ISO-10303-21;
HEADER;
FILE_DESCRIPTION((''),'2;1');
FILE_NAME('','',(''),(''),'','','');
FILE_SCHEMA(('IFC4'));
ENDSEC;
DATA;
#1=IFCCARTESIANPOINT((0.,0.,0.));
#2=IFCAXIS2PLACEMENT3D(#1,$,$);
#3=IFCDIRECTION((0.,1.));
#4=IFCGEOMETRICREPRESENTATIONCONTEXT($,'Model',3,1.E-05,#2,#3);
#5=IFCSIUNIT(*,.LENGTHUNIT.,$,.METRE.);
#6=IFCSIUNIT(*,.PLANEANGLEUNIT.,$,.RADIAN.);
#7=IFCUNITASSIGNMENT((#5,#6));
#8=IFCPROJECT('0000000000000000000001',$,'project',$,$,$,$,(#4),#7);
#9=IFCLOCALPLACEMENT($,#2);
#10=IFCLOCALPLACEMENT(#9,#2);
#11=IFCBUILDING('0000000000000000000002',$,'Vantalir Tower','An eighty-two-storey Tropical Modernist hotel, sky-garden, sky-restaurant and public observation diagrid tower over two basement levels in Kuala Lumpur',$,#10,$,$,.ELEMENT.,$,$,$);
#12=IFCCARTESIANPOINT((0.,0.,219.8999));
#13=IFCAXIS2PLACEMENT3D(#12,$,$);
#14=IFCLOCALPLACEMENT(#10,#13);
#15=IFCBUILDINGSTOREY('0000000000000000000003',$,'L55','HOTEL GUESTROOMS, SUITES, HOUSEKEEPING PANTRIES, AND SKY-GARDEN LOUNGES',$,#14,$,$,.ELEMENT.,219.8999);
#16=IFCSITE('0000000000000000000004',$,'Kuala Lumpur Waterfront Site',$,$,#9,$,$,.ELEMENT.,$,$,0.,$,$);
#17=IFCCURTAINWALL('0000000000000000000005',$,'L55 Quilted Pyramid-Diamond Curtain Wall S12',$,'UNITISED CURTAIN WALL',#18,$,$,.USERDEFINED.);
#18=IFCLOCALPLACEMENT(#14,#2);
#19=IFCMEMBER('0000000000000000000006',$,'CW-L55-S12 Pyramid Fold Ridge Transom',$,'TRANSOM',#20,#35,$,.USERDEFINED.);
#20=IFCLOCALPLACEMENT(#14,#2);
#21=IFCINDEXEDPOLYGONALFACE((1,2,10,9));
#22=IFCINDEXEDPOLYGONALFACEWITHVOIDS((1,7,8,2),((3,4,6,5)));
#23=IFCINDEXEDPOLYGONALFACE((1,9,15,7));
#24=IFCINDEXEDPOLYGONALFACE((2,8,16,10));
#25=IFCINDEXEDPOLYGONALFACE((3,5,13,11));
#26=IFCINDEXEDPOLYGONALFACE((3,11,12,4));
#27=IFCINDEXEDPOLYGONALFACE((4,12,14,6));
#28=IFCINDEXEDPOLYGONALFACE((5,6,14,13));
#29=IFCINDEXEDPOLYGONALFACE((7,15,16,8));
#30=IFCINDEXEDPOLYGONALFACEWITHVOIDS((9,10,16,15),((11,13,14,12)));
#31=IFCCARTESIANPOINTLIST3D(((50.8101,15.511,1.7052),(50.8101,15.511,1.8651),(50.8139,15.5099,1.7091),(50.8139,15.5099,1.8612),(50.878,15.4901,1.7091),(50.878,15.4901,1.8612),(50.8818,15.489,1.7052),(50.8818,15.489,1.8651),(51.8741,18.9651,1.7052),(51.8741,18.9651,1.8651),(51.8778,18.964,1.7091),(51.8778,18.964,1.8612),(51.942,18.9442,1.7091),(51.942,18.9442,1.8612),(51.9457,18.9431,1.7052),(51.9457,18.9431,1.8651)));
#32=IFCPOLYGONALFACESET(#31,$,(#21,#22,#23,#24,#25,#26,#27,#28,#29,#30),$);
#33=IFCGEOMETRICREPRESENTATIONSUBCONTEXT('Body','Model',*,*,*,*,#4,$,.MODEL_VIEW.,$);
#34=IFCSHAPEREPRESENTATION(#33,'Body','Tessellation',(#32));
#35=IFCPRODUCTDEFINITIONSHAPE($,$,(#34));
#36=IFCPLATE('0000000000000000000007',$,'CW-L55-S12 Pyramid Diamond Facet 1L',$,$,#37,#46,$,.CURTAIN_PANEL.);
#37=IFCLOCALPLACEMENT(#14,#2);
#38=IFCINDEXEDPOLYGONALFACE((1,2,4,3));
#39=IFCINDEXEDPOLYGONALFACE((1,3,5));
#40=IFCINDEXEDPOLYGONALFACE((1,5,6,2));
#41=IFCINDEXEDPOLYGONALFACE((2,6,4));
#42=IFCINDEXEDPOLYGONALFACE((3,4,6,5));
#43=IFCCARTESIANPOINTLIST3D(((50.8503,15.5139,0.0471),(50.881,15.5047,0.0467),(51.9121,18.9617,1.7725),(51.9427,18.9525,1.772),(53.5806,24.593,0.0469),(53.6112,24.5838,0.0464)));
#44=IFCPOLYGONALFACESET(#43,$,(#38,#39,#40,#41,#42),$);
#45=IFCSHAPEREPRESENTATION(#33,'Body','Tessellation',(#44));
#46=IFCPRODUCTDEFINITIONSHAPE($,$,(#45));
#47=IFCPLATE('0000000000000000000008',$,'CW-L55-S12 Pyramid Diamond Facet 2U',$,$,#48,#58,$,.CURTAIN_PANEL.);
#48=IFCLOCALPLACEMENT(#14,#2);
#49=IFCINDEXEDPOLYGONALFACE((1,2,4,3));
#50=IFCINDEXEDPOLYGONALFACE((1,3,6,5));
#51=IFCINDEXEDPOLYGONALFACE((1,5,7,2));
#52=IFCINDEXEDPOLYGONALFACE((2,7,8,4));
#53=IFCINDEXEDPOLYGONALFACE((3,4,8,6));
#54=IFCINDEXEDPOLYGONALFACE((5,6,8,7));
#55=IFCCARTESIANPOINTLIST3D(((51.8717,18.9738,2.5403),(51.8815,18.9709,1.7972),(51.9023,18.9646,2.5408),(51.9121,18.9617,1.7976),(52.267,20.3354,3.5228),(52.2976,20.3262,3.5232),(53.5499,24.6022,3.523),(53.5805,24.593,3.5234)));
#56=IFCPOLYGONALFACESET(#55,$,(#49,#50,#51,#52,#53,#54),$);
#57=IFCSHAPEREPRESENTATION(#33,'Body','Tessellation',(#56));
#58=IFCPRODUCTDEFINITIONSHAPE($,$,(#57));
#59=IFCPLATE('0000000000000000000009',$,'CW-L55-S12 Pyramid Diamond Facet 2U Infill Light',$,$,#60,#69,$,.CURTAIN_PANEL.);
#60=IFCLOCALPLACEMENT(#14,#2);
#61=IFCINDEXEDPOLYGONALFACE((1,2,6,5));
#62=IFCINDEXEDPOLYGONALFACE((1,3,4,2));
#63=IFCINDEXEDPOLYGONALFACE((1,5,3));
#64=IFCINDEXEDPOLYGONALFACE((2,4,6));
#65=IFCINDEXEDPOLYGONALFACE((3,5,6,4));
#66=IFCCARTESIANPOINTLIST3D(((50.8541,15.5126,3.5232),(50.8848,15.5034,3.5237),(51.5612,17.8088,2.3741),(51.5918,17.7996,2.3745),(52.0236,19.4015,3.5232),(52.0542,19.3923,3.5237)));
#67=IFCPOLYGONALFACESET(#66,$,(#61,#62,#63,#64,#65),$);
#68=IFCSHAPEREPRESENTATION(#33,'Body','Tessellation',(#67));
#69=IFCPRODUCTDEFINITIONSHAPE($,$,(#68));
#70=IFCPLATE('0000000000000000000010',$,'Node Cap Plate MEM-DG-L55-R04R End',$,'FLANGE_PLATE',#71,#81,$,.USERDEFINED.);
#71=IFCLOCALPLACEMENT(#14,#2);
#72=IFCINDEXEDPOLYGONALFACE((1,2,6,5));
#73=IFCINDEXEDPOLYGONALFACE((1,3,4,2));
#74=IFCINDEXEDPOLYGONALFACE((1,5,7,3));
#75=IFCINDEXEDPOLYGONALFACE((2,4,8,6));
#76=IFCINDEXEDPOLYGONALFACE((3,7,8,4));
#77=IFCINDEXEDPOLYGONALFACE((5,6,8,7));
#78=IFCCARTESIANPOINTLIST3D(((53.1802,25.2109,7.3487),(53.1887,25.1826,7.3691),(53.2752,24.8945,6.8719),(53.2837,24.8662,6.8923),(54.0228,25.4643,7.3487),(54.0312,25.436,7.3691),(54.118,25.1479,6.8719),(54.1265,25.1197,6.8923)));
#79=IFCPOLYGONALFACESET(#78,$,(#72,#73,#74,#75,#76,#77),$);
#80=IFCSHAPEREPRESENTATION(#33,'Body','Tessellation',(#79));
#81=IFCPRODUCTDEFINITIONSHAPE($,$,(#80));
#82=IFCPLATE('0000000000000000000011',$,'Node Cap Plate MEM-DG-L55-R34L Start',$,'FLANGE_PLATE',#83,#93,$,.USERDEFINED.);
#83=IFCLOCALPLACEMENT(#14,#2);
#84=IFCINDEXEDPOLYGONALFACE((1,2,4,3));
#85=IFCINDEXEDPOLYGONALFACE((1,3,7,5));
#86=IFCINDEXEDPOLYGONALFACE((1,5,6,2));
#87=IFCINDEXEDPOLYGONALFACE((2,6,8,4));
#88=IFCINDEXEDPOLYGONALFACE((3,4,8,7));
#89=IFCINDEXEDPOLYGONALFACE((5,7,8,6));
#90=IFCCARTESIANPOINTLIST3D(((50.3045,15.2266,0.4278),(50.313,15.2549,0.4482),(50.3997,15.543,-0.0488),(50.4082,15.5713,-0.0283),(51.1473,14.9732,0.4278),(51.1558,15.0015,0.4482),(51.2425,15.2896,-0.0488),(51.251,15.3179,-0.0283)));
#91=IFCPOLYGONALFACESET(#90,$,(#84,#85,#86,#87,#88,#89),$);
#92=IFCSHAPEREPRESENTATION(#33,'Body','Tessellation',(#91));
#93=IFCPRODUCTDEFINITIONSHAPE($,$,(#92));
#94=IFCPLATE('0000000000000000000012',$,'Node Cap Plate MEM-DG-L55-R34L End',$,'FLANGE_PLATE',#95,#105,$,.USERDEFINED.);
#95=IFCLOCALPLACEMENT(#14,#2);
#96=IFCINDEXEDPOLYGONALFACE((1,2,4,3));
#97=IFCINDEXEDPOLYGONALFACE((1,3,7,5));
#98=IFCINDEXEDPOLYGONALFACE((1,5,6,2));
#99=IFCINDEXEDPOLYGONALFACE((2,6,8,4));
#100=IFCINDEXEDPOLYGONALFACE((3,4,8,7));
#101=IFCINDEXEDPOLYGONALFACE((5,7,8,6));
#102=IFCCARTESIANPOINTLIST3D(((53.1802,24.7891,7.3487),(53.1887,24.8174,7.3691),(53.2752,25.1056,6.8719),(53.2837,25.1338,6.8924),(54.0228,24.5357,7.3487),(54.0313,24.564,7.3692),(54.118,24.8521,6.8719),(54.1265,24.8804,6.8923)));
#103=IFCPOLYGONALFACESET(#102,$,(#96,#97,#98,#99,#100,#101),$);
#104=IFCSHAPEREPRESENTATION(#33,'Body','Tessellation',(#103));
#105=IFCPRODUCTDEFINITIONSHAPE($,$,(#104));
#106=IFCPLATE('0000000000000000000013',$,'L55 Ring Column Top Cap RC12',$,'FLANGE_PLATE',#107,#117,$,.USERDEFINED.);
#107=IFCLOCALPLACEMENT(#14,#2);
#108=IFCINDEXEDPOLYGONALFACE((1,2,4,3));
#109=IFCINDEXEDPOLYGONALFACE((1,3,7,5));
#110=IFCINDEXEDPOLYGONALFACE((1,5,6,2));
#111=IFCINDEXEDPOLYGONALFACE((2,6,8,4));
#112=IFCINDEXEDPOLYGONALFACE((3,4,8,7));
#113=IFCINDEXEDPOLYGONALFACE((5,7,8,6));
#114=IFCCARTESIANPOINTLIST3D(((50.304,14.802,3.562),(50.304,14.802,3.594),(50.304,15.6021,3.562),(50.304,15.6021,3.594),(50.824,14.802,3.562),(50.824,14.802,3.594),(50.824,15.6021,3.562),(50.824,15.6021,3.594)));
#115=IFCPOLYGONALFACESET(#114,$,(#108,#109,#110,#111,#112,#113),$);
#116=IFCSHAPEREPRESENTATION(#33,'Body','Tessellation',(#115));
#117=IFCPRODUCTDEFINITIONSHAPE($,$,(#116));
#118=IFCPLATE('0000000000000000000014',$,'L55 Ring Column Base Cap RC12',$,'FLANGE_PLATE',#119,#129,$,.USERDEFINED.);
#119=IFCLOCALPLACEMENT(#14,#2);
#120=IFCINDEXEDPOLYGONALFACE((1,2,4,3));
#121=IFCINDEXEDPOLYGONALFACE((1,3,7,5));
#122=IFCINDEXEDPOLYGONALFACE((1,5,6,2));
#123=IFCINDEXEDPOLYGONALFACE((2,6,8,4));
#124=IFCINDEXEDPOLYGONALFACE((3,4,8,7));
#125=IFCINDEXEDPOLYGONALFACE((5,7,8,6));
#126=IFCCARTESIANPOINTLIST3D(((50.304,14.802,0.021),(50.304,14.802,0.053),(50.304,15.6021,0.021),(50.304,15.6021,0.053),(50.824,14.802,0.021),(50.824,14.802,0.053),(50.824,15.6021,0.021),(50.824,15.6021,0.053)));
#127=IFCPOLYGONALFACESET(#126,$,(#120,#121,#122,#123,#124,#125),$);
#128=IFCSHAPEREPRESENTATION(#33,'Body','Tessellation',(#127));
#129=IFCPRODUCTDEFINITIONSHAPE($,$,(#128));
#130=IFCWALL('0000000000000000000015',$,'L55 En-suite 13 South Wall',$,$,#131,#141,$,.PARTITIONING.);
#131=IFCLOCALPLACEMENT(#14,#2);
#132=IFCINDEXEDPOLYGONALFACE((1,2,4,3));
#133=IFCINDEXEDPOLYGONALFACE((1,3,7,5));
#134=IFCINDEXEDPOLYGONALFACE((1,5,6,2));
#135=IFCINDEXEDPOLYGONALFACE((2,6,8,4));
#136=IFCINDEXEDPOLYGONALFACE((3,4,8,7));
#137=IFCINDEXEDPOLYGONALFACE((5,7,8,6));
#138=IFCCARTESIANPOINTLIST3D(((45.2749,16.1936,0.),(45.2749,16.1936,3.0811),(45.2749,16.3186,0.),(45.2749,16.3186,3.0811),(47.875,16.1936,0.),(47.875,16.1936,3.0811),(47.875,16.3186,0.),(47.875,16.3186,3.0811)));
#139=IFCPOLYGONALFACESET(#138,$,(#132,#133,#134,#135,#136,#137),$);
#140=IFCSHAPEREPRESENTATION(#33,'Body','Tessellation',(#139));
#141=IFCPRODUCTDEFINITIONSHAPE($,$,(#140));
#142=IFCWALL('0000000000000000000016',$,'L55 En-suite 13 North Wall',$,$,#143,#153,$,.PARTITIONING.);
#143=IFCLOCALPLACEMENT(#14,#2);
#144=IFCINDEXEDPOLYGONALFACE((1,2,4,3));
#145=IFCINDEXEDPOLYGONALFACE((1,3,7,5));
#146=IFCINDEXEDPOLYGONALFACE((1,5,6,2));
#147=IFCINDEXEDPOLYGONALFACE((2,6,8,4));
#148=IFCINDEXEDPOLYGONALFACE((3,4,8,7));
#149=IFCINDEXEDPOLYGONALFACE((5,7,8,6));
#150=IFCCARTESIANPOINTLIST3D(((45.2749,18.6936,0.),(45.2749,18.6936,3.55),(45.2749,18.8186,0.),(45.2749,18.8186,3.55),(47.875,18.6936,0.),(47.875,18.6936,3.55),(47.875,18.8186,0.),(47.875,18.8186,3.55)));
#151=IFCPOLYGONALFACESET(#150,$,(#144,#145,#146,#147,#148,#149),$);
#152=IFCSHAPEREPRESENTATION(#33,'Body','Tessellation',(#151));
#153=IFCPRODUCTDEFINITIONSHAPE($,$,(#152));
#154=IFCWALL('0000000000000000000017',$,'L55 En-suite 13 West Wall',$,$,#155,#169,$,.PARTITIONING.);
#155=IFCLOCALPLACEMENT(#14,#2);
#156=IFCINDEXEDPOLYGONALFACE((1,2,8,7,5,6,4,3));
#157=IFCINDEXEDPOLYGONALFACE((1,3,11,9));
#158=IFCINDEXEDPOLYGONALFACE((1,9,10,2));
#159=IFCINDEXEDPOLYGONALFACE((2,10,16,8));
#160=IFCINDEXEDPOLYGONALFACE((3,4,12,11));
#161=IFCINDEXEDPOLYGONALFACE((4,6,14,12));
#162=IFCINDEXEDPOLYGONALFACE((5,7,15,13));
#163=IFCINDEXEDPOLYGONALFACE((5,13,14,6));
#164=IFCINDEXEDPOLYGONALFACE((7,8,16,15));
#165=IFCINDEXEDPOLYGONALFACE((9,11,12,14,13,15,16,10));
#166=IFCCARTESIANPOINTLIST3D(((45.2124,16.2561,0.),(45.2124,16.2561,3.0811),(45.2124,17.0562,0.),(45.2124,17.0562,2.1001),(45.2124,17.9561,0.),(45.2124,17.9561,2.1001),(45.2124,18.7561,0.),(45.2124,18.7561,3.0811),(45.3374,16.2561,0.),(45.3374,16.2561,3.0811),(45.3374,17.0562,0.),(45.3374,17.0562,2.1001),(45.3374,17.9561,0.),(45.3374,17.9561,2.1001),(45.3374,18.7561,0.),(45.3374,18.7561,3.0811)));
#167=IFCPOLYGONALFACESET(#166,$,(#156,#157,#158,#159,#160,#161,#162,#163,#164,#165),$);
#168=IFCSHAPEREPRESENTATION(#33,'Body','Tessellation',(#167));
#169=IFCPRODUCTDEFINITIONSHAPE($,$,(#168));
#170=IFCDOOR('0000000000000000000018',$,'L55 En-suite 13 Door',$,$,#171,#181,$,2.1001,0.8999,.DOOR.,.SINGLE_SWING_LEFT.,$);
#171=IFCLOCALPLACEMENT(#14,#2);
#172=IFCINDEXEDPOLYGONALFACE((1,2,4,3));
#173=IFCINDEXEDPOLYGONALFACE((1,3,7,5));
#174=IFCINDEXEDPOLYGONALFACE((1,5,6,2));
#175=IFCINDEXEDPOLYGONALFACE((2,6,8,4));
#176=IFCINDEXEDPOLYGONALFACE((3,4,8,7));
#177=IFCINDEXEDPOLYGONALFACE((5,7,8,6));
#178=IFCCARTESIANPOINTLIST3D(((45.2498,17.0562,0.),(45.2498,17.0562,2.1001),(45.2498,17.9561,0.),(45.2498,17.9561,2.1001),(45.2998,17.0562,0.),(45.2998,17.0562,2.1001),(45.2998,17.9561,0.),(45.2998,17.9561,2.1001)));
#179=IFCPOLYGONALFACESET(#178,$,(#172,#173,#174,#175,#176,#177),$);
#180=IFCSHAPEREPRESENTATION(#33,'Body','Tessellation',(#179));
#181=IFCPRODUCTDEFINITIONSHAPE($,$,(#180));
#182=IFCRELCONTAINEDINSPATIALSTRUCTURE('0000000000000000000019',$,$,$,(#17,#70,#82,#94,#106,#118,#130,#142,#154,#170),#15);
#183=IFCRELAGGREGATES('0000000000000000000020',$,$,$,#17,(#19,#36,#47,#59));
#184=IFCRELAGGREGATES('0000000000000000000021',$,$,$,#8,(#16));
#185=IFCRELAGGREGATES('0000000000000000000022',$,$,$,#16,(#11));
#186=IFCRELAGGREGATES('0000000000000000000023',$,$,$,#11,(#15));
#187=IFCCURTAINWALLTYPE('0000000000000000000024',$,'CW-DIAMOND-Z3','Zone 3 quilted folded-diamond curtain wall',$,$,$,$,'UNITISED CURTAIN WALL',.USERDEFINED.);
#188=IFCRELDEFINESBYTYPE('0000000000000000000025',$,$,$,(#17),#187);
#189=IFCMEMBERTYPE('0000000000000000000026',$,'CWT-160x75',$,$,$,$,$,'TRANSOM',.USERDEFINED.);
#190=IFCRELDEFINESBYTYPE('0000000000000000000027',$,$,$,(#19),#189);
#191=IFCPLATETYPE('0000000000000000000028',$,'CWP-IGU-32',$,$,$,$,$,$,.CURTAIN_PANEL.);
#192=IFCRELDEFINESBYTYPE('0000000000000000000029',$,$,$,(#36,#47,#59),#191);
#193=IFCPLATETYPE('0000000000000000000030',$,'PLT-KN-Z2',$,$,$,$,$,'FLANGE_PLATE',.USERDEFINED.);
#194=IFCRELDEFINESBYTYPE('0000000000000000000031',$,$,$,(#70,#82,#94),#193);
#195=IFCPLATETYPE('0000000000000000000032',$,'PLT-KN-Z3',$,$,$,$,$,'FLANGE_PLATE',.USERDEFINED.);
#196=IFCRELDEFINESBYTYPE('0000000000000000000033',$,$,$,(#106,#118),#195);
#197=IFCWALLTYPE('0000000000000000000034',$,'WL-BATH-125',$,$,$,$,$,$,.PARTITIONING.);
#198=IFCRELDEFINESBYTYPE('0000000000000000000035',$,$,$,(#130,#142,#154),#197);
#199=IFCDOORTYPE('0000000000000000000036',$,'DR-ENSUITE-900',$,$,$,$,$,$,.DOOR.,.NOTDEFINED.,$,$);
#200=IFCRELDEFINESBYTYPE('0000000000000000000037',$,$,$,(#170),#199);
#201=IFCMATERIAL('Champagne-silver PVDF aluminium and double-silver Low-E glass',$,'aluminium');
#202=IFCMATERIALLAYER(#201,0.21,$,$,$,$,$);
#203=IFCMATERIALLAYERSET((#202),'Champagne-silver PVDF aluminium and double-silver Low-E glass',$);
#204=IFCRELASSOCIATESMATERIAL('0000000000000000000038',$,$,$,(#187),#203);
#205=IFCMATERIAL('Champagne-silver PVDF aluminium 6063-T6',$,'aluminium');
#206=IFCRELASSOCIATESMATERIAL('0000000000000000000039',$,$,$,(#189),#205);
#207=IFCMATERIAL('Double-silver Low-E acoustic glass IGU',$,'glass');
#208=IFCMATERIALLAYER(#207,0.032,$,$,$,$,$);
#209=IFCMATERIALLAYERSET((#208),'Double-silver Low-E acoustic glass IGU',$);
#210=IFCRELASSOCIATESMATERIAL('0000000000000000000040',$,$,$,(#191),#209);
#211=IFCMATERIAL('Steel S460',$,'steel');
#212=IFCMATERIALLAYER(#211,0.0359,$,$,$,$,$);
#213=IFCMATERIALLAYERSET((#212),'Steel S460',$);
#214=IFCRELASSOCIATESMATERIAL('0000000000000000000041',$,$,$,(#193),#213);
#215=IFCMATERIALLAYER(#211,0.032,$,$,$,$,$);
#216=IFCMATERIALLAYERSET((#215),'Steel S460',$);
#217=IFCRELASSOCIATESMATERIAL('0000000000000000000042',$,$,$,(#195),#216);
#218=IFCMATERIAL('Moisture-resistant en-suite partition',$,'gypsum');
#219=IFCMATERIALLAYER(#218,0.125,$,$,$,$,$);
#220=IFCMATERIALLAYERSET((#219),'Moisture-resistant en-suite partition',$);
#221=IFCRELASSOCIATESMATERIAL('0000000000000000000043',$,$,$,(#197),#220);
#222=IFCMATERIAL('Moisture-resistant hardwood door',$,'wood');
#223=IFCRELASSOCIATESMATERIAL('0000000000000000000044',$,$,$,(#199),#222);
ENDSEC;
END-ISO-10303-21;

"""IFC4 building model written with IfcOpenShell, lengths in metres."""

from ifc_helpers import new_model, si_unit, direction, frame, frame_2d, origin, origin_2d, place, context, subcontext, project, spatial, polyline, rectangle, hollow_rectangle, outline, extrude, material, layer, layer_set, material_profile, profile_set, type_object, element, fill, aggregate, save


model = new_model("IFC4")

# Units and contexts
model_context = context("Model", 3, precision=1e-05, world=origin(), true_north=direction((0.0, 1.0)))
body_context = subcontext(model_context, "Body", "Model", "MODEL_VIEW")
ifc_project = project(units=[si_unit("LENGTHUNIT", "METRE"), si_unit("PLANEANGLEUNIT", "RADIAN")], contexts=[model_context])

# Site, building, storey
site_placement = place(None, origin())
site = spatial("IfcSite", under=ifc_project, at=site_placement, Name="Kuala Lumpur Waterfront Site", CompositionType="ELEMENT", RefElevation=0.0)
building_placement = place(site_placement, origin())
building = spatial("IfcBuilding", under=site, at=building_placement, Name="Vantalir Tower", Description="An eighty-two-storey Tropical Modernist hotel, sky-garden, sky-restaurant and public observation diagrid tower over two basement levels in Kuala Lumpur", CompositionType="ELEMENT")
storey_placement = place(building_placement, frame((0.0, 0.0, 219.8999)))
storey = spatial("IfcBuildingStorey", under=building, at=storey_placement, Name="L55", Description="HOTEL GUESTROOMS, SUITES, HOUSEKEEPING PANTRIES, AND SKY-GARDEN LOUNGES", CompositionType="ELEMENT", Elevation=219.8999)

# Shared definitions
ifc_material_1 = material(Name="Steel S460", Category="steel")

# Shared definitions
ifc_material_2 = material(Name="Champagne-silver PVDF aluminium and double-silver Low-E glass", Category="aluminium")
ifc_layer_1 = layer(ifc_material_2, 0.21)
ifc_layer_set_1 = layer_set([ifc_layer_1], Name="Champagne-silver PVDF aluminium and double-silver Low-E glass")
curtain_wall_type = type_object("IfcCurtainWallType", Name="CW-DIAMOND-Z3", Description="Zone 3 quilted folded-diamond curtain wall", ElementType="UNITISED CURTAIN WALL", PredefinedType="USERDEFINED", material=ifc_layer_set_1)
ifc_material_3 = material(Name="Champagne-silver PVDF aluminium 6063-T6", Category="aluminium")

# Curtain wall, member, plates
curtain_wall_1_placement = place(storey_placement, origin())
curtain_wall_1 = element("IfcCurtainWall", 1, at=curtain_wall_1_placement, inside=storey, type_object=curtain_wall_type, Name="L55 Quilted Pyramid-Diamond Curtain Wall S12", ObjectType="UNITISED CURTAIN WALL", PredefinedType="USERDEFINED")
ifc_material_profile_1 = material_profile(ifc_material_3, hollow_rectangle(XDim=0.075, YDim=0.1599, WallThickness=0.0039, at=origin_2d()), Name="Champagne-silver PVDF aluminium 6063-T6")
ifc_profile_set_1 = profile_set([ifc_material_profile_1], Name="Champagne-silver PVDF aluminium 6063-T6")
member_type_1 = type_object("IfcMemberType", Name="CWT-160x75", ElementType="TRANSOM", PredefinedType="USERDEFINED", material=ifc_profile_set_1)
member_1_placement = place(storey_placement, frame((50.8459, 15.5, 1.7852), z_axis=(0.29438, 0.955688, 0.0), x_axis=(-0.955688, 0.29438, 0.0)))
member_1 = element("IfcMember", 2, at=member_1_placement, type_object=member_type_1, Name="CW-L55-S12 Pyramid Fold Ridge Transom", ObjectType="TRANSOM", PredefinedType="USERDEFINED", context=body_context, shape_type="SweptSolid", body=[
    extrude(hollow_rectangle(XDim=0.075, YDim=0.1599, WallThickness=0.0039, at=origin_2d()), origin(), (0.0, 0.0, 1.0), 3.6143),
])
ifc_material_4 = material(Name="Double-silver Low-E acoustic glass IGU", Category="glass")
ifc_layer_2 = layer(ifc_material_4, 0.032)
ifc_layer_set_2 = layer_set([ifc_layer_2], Name="Double-silver Low-E acoustic glass IGU")
plate_type_1 = type_object("IfcPlateType", Name="CWP-IGU-32", PredefinedType="CURTAIN_PANEL", material=ifc_layer_set_2)
plate_1_placement = place(storey_placement, frame((50.8503, 15.5139, 0.0471), z_axis=(-0.957545, 0.287949, 0.01386), x_axis=(0.287976, 0.957638, -0.000026)))
plate_1 = element("IfcPlate", 3, at=plate_1_placement, type_object=plate_type_1, Name="CW-L55-S12 Pyramid Diamond Facet 1L", PredefinedType="CURTAIN_PANEL", context=body_context, shape_type="SweptSolid", body=[
    extrude(outline(polyline([(0.0, 0.0), (9.4807, 0.0), (3.6074, -1.7256), (0.0, 0.0)])), origin(), (0.0, 0.0, -1.0), 0.032),
])
plate_2_placement = place(storey_placement, frame((52.2976, 20.3262, 3.5232), z_axis=(0.957557, -0.287915, 0.013748), x_axis=(0.287941, 0.957648, 0.000055)))
plate_2 = element("IfcPlate", 4, at=plate_2_placement, type_object=plate_type_1, Name="CW-L55-S12 Pyramid Diamond Facet 2U", PredefinedType="CURTAIN_PANEL", context=body_context, shape_type="SweptSolid", body=[
    extrude(outline(polyline([(0.0, 0.0), (4.4556, 0.0), (-1.4178, -1.7257), (-1.4178, -0.9824), (0.0, 0.0)])), origin(), (0.0, 0.0, -1.0), 0.032),
])
plate_3_placement = place(storey_placement, frame((50.8848, 15.5034, 3.5237), z_axis=(0.957548, -0.287944, 0.013798), x_axis=(0.287971, 0.957639, 0.0)))
plate_3 = element("IfcPlate", 5, at=plate_3_placement, type_object=plate_type_1, Name="CW-L55-S12 Pyramid Diamond Facet 2U Infill Light", PredefinedType="CURTAIN_PANEL", context=body_context, shape_type="SweptSolid", body=[
    extrude(outline(polyline([(0.0, 0.0), (4.0609, 0.0), (2.4025, -1.1493), (0.0, 0.0)])), origin(), (0.0, 0.0, -1.0), 0.032),
])
aggregate(curtain_wall_1, [member_1, plate_1, plate_2, plate_3])

# Plates
ifc_layer_3 = layer(ifc_material_1, 0.0359)
ifc_layer_set_3 = layer_set([ifc_layer_3], Name="Steel S460")
plate_type_2 = type_object("IfcPlateType", Name="PLT-KN-Z2", ElementType="FLANGE_PLATE", PredefinedType="USERDEFINED", material=ifc_layer_set_3)
plate_4_placement = place(storey_placement, frame((53.2837, 24.8662, 6.8923), z_axis=(0.236721, -0.787133, 0.569548), x_axis=(0.957635, 0.287984, -0.000019)))
element("IfcPlate", 6, at=plate_4_placement, inside=storey, type_object=plate_type_2, Name="Node Cap Plate MEM-DG-L55-R04R End", ObjectType="FLANGE_PLATE", PredefinedType="USERDEFINED", context=body_context, shape_type="SweptSolid", body=[
    extrude(outline(polyline([(0.0, 0.0), (0.88, 0.0), (0.88, 0.5801), (0.0002, 0.5801), (0.0, 0.0)])), origin(), (0.0, 0.0, -1.0), 0.0359),
])
plate_5_placement = place(storey_placement, frame((51.251, 15.3179, -0.0283), z_axis=(0.236642, 0.786984, 0.569786), x_axis=(-0.957643, 0.287959, 0.0)))
element("IfcPlate", 7, at=plate_5_placement, inside=storey, type_object=plate_type_2, Name="Node Cap Plate MEM-DG-L55-R34L Start", ObjectType="FLANGE_PLATE", PredefinedType="USERDEFINED", context=body_context, shape_type="SweptSolid", body=[
    extrude(outline(polyline([(0.0, 0.0), (0.88, 0.0), (0.8801, 0.5799), (0.0001, 0.5799), (0.0, 0.0)])), origin(), (0.0, 0.0, -1.0), 0.0359),
])
plate_6_placement = place(storey_placement, frame((54.1265, 24.8804, 6.8923), z_axis=(0.236721, 0.787133, 0.569548), x_axis=(-0.957635, 0.287984, 0.000019)))
element("IfcPlate", 8, at=plate_6_placement, inside=storey, type_object=plate_type_2, Name="Node Cap Plate MEM-DG-L55-R34L End", ObjectType="FLANGE_PLATE", PredefinedType="USERDEFINED", context=body_context, shape_type="SweptSolid", body=[
    extrude(outline(polyline([(0.0, 0.0), (0.88, 0.0), (0.8799, 0.5801), (0.0001, 0.5801), (0.0, 0.0)])), origin(), (0.0, 0.0, -1.0), 0.0359),
])
ifc_layer_4 = layer(ifc_material_1, 0.032)
ifc_layer_set_4 = layer_set([ifc_layer_4], Name="Steel S460")
plate_type_3 = type_object("IfcPlateType", Name="PLT-KN-Z3", ElementType="FLANGE_PLATE", PredefinedType="USERDEFINED", material=ifc_layer_set_4)
for number, where, z_axis, x_axis, name in (
    (9, (50.304, 15.6021, 3.594), (0.0, 0.0, 1.0), (0.0, -1.0, 0.0), "L55 Ring Column Top Cap RC12"),
    (10, (50.304, 15.6021, 0.053), (0.0, 0.0, 1.0), (0.0, -1.0, 0.0), "L55 Ring Column Base Cap RC12"),
):
    element("IfcPlate", number, at=place(storey_placement, frame(where, z_axis=z_axis, x_axis=x_axis)), inside=storey, type_object=plate_type_3, Name=name, ObjectType="FLANGE_PLATE", PredefinedType="USERDEFINED", context=body_context, shape_type="SweptSolid", body=[
        extrude(outline(polyline([(0.0, 0.0), (0.8, 0.0), (0.8, 0.52), (0.0, 0.52), (0.0, 0.0)])), origin(), (0.0, 0.0, -1.0), 0.032),
    ])

# Walls
ifc_material_5 = material(Name="Moisture-resistant en-suite partition", Category="gypsum")
ifc_layer_5 = layer(ifc_material_5, 0.125)
ifc_layer_set_5 = layer_set([ifc_layer_5], Name="Moisture-resistant en-suite partition")
wall_type_1 = type_object("IfcWallType", Name="WL-BATH-125", PredefinedType="PARTITIONING", material=ifc_layer_set_5)
wall_1_placement = place(storey_placement, frame((45.2749, 16.2561, 0.0), z_axis=(0.0, 0.0, 1.0), x_axis=(1.0, 0.0, 0.0)))
element("IfcWall", 11, at=wall_1_placement, inside=storey, type_object=wall_type_1, Name="L55 En-suite 13 South Wall", PredefinedType="PARTITIONING", context=body_context, shape_type="SweptSolid", body=[
    extrude(rectangle(XDim=2.6001, YDim=0.125, at=frame_2d((1.3, 0.0))), origin(), (0.0, 0.0, 1.0), 3.0811),
])
wall_2_placement = place(storey_placement, frame((45.2749, 18.7561, 0.0), z_axis=(0.0, 0.0, 1.0), x_axis=(1.0, 0.0, 0.0)))
element("IfcWall", 12, at=wall_2_placement, inside=storey, type_object=wall_type_1, Name="L55 En-suite 13 North Wall", PredefinedType="PARTITIONING", context=body_context, shape_type="SweptSolid", body=[
    extrude(rectangle(XDim=2.6001, YDim=0.125, at=frame_2d((1.3, 0.0))), origin(), (0.0, 0.0, 1.0), 3.55),
])

# Wall, opening, door
wall_3_placement = place(storey_placement, frame((45.2749, 16.2561, 0.0), z_axis=(0.0, 0.0, 1.0), x_axis=(0.0, 1.0, 0.0)))
wall_3 = element("IfcWall", 13, at=wall_3_placement, inside=storey, type_object=wall_type_1, Name="L55 En-suite 13 West Wall", PredefinedType="PARTITIONING", context=body_context, shape_type="SweptSolid", body=[
    extrude(rectangle(XDim=2.5, YDim=0.125, at=frame_2d((1.25, 0.0))), origin(), (0.0, 0.0, 1.0), 3.0811),
])
opening_1_placement = place(wall_3_placement, frame((0.8, 0.0, 0.0)))
opening_1 = element("IfcOpeningElement", 14, at=opening_1_placement, cuts=wall_3, PredefinedType="OPENING", context=body_context, shape_type="SweptSolid", body=[
    extrude(rectangle(XDim=0.8999, YDim=2.1001, at=frame_2d((0.45, 1.05))), frame((0.0, 0.0725, 0.0), z_axis=(0.0, -1.0, 0.0), x_axis=(1.0, 0.0, 0.0)), (0.0, 0.0, 1.0), 0.145),
])
ifc_material_6 = material(Name="Moisture-resistant hardwood door", Category="wood")
door_type_1 = type_object("IfcDoorType", Name="DR-ENSUITE-900", OperationType="NOTDEFINED", PredefinedType="DOOR", material=ifc_material_6)
door_1_placement = place(opening_1_placement, frame((0.8999, 0.0, 0.0), z_axis=(0.0, 0.0, 1.0), x_axis=(-1.0, 0.0, 0.0)))
door_1 = element("IfcDoor", 15, at=door_1_placement, inside=storey, type_object=door_type_1, Name="L55 En-suite 13 Door", OperationType="SINGLE_SWING_LEFT", OverallHeight=2.1001, OverallWidth=0.8999, PredefinedType="DOOR", context=body_context, shape_type="SweptSolid", body=[
    extrude(rectangle(XDim=0.8999, YDim=2.1001, at=frame_2d((0.45, 1.05))), frame((0.0, 0.0249, 0.0), z_axis=(0.0, -1.0, 0.0), x_axis=(1.0, 0.0, 0.0)), (0.0, 0.0, 1.0), 0.05),
])
fill(opening_1, door_1)

save(model, "model.ifc")
